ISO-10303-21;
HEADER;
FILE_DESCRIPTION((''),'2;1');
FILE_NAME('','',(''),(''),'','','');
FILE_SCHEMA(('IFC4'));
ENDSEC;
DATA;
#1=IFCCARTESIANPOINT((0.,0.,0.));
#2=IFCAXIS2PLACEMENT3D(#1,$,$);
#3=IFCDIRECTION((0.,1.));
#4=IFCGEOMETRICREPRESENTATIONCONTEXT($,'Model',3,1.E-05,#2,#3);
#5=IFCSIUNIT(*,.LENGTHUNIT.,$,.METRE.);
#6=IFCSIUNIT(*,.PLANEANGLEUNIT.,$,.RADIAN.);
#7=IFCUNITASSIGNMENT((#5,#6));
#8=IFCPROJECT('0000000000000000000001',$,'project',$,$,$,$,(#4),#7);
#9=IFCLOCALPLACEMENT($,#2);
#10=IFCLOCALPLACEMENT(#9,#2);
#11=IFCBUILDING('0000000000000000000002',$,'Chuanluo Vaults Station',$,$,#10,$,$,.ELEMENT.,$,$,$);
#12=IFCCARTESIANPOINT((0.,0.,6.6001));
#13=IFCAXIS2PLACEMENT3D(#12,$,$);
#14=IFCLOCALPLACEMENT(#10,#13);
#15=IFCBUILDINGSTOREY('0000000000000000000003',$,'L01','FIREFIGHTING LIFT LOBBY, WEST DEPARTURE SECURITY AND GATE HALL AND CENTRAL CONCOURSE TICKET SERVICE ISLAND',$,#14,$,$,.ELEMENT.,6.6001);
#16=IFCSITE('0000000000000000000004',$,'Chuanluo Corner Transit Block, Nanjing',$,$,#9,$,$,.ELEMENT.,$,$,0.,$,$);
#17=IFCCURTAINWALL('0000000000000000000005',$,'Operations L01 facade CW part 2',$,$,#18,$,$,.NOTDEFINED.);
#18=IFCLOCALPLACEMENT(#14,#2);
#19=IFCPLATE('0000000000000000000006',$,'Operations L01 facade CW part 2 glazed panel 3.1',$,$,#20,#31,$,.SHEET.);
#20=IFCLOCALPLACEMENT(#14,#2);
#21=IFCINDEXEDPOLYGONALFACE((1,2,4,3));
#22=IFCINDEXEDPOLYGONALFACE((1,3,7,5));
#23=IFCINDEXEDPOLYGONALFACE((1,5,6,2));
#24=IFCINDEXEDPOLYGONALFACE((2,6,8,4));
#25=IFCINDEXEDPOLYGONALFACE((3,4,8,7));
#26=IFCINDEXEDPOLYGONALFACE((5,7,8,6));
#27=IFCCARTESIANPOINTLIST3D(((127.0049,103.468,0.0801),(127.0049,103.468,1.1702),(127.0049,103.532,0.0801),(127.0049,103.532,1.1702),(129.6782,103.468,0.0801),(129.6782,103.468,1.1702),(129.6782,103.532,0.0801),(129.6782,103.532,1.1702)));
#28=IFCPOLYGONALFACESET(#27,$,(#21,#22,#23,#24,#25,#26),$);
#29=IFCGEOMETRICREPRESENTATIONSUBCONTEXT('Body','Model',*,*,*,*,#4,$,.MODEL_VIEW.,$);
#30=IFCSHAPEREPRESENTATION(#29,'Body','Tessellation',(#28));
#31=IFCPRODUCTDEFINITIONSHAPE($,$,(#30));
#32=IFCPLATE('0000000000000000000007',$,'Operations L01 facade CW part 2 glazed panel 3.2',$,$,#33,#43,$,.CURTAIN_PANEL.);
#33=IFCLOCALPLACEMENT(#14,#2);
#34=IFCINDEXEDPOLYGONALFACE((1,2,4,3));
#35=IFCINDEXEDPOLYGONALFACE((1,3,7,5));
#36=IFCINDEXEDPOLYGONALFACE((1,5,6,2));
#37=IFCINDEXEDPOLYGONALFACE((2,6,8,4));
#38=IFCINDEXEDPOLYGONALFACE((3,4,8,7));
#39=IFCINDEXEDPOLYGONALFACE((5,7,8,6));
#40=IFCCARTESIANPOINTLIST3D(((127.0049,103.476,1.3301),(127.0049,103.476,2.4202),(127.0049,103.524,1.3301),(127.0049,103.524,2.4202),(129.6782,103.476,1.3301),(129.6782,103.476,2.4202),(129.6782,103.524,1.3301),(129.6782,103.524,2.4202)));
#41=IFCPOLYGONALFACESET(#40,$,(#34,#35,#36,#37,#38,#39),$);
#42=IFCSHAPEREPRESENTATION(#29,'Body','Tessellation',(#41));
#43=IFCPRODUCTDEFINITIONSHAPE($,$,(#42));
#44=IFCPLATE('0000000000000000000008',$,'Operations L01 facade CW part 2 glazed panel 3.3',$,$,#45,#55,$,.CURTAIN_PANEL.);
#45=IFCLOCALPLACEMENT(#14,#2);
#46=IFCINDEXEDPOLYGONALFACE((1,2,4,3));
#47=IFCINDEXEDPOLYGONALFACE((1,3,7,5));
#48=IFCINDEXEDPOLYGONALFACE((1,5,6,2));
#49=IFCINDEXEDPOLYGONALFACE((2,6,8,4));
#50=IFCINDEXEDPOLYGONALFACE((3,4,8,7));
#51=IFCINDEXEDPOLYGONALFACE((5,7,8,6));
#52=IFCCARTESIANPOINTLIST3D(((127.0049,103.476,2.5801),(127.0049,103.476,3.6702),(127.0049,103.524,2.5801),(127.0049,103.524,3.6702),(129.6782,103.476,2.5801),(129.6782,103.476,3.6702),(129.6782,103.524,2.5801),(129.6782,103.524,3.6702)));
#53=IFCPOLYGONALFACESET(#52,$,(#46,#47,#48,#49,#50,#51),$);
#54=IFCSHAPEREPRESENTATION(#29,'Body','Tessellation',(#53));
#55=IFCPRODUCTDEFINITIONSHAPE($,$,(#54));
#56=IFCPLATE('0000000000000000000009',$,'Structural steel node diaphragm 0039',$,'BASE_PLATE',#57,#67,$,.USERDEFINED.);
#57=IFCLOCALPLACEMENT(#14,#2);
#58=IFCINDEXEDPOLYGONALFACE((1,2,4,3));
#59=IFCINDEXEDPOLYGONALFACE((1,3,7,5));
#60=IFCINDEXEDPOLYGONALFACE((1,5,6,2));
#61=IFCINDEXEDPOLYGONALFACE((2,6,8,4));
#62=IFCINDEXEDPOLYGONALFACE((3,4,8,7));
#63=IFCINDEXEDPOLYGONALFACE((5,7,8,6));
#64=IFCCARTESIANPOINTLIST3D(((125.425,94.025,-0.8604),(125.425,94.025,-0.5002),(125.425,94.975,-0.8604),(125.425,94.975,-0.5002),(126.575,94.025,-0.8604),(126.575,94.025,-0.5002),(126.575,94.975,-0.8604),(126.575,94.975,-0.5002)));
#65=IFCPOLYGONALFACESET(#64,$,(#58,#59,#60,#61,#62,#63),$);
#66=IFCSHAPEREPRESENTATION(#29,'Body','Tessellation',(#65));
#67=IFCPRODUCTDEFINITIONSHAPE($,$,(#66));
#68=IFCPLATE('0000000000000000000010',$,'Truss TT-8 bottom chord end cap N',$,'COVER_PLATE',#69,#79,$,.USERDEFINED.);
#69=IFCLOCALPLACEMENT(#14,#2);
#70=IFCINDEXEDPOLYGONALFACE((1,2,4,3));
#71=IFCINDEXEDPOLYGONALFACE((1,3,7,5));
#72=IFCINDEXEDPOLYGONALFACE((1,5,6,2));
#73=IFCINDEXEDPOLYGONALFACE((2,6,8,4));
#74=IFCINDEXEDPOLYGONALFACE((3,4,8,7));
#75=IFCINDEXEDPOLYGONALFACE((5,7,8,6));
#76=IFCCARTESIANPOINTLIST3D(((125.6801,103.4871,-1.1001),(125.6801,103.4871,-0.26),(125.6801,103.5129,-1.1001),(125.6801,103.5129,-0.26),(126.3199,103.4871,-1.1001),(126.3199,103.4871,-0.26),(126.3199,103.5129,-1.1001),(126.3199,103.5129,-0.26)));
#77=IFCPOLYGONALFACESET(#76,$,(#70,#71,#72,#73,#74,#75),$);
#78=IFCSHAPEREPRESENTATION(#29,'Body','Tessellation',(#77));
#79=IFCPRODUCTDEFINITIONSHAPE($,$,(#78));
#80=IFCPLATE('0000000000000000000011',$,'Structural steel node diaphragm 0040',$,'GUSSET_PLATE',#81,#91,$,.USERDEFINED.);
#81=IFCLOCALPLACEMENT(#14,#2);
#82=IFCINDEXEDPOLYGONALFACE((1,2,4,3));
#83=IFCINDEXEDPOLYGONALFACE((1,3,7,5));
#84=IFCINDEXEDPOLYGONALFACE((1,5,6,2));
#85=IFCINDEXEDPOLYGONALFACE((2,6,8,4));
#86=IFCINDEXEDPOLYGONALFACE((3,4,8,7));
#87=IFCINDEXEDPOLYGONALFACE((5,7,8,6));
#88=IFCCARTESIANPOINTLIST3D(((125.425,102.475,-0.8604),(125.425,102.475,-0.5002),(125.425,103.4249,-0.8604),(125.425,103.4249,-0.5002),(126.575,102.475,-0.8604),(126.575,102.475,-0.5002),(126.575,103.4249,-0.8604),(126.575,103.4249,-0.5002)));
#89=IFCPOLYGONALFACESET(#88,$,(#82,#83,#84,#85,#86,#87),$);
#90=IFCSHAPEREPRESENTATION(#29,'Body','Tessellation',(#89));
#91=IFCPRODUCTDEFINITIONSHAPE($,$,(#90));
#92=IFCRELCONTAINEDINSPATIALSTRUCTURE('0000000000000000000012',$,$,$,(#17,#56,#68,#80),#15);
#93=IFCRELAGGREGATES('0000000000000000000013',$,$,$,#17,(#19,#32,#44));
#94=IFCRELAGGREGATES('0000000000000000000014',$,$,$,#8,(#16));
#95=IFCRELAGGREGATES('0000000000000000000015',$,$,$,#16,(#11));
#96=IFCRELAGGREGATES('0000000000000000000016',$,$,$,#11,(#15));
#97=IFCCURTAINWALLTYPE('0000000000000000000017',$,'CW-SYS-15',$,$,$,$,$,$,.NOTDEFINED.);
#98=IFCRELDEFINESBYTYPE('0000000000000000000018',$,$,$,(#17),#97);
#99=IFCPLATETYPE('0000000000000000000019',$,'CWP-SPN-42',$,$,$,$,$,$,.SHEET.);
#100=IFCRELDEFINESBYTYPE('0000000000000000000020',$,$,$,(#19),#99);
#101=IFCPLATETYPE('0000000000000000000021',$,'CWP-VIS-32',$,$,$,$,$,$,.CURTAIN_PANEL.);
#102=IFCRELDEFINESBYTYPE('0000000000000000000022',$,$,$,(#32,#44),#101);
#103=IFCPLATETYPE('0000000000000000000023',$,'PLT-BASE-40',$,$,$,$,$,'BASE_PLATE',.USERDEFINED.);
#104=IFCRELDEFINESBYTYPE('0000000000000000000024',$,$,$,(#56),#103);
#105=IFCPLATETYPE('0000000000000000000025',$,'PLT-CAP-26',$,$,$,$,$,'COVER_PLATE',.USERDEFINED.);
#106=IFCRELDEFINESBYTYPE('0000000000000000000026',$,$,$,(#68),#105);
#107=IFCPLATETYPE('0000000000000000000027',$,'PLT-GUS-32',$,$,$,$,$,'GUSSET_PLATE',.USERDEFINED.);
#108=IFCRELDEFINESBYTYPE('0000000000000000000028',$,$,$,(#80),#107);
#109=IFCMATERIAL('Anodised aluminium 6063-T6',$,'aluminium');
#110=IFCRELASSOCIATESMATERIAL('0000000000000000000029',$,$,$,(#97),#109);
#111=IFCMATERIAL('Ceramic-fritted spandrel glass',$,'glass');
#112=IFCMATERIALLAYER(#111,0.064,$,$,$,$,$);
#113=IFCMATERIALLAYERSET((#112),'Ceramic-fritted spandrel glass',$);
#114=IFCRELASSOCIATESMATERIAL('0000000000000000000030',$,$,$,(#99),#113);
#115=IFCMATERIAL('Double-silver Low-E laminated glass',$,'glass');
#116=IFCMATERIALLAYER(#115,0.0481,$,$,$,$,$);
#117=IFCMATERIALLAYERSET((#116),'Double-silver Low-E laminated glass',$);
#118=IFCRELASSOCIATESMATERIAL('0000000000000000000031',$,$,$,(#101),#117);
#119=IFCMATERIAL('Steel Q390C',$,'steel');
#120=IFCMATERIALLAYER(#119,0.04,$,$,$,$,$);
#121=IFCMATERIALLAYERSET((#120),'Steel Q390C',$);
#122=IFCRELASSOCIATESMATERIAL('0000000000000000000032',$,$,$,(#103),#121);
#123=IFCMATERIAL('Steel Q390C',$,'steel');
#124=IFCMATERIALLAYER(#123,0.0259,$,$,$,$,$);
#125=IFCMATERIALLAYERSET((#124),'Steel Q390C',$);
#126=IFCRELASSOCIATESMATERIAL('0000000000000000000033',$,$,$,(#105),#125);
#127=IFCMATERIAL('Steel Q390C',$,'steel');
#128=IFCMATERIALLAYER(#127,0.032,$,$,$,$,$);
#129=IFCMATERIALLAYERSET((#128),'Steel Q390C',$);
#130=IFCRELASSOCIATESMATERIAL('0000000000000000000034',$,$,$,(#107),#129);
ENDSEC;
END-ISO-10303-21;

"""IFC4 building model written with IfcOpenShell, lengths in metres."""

from ifc_helpers import new_model, si_unit, direction, frame, origin, origin_2d, place, context, subcontext, project, spatial, rectangle, extrude, material, layer, layer_set, type_object, element, aggregate, save


model = new_model("IFC4")

# Units and contexts
model_context = context("Model", 3, precision=1e-05, world=origin(), true_north=direction((0.0, 1.0)))
body_context = subcontext(model_context, "Body", "Model", "MODEL_VIEW")
ifc_project = project(units=[si_unit("LENGTHUNIT", "METRE"), si_unit("PLANEANGLEUNIT", "RADIAN")], contexts=[model_context])

# Site, building, storey
site_placement = place(None, origin())
site = spatial("IfcSite", under=ifc_project, at=site_placement, Name="Chuanluo Corner Transit Block, Nanjing", CompositionType="ELEMENT", RefElevation=0.0)
building_placement = place(site_placement, origin())
building = spatial("IfcBuilding", under=site, at=building_placement, Name="Chuanluo Vaults Station", CompositionType="ELEMENT")
storey_placement = place(building_placement, frame((0.0, 0.0, 6.6001)))
storey = spatial("IfcBuildingStorey", under=building, at=storey_placement, Name="L01", Description="FIREFIGHTING LIFT LOBBY, WEST DEPARTURE SECURITY AND GATE HALL AND CENTRAL CONCOURSE TICKET SERVICE ISLAND", CompositionType="ELEMENT", Elevation=6.6001)

# Curtain wall
ifc_material_1 = material(Name="Anodised aluminium 6063-T6", Category="aluminium")
curtain_wall_type_1 = type_object("IfcCurtainWallType", Name="CW-SYS-15", PredefinedType="NOTDEFINED", material=ifc_material_1)
curtain_wall_1_placement = place(storey_placement, origin())
curtain_wall_1 = element("IfcCurtainWall", 1, at=curtain_wall_1_placement, inside=storey, type_object=curtain_wall_type_1, Name="Operations L01 facade CW part 2", PredefinedType="NOTDEFINED")

# Plates
ifc_material_2 = material(Name="Ceramic-fritted spandrel glass", Category="glass")
ifc_layer_1 = layer(ifc_material_2, 0.064)
ifc_layer_set_1 = layer_set([ifc_layer_1], Name="Ceramic-fritted spandrel glass")
plate_type_1 = type_object("IfcPlateType", Name="CWP-SPN-42", PredefinedType="SHEET", material=ifc_layer_set_1)
plate_1_placement = place(storey_placement, frame((128.3416, 103.5, 0.0801), z_axis=(0.0, 0.0, 1.0), x_axis=(-1.0, 0.0, 0.0)))
plate_1 = element("IfcPlate", 2, at=plate_1_placement, type_object=plate_type_1, Name="Operations L01 facade CW part 2 glazed panel 3.1", PredefinedType="SHEET", context=body_context, shape_type="SweptSolid", body=[
    extrude(rectangle(XDim=2.6733, YDim=0.064, at=origin_2d()), origin(), (0.0, 0.0, 1.0), 1.0901),
])
ifc_material_3 = material(Name="Double-silver Low-E laminated glass", Category="glass")
ifc_layer_2 = layer(ifc_material_3, 0.0481)
ifc_layer_set_2 = layer_set([ifc_layer_2], Name="Double-silver Low-E laminated glass")
plate_type_2 = type_object("IfcPlateType", Name="CWP-VIS-32", PredefinedType="CURTAIN_PANEL", material=ifc_layer_set_2)
plate_2_placement = place(storey_placement, frame((128.3416, 103.5, 1.3301), z_axis=(0.0, 0.0, 1.0), x_axis=(-1.0, 0.0, 0.0)))
plate_2 = element("IfcPlate", 3, at=plate_2_placement, type_object=plate_type_2, Name="Operations L01 facade CW part 2 glazed panel 3.2", PredefinedType="CURTAIN_PANEL", context=body_context, shape_type="SweptSolid", body=[
    extrude(rectangle(XDim=2.6733, YDim=0.0481, at=origin_2d()), origin(), (0.0, 0.0, 1.0), 1.0901),
])
plate_3_placement = place(storey_placement, frame((128.3416, 103.5, 2.5801), z_axis=(0.0, 0.0, 1.0), x_axis=(-1.0, 0.0, 0.0)))
plate_3 = element("IfcPlate", 4, at=plate_3_placement, type_object=plate_type_2, Name="Operations L01 facade CW part 2 glazed panel 3.3", PredefinedType="CURTAIN_PANEL", context=body_context, shape_type="SweptSolid", body=[
    extrude(rectangle(XDim=2.6733, YDim=0.0481, at=origin_2d()), origin(), (0.0, 0.0, 1.0), 1.0901),
])
aggregate(curtain_wall_1, [plate_1, plate_2, plate_3])

# Plates
ifc_material_4 = material(Name="Steel Q390C", Category="steel")
ifc_layer_3 = layer(ifc_material_4, 0.04)
ifc_layer_set_3 = layer_set([ifc_layer_3], Name="Steel Q390C")
plate_type_3 = type_object("IfcPlateType", Name="PLT-BASE-40", ElementType="BASE_PLATE", PredefinedType="USERDEFINED", material=ifc_layer_set_3)
plate_4_placement = place(storey_placement, frame((126.0, 94.5, -0.8604), z_axis=(0.0, 0.0, 1.0), x_axis=(1.0, 0.0, 0.0)))
element("IfcPlate", 5, at=plate_4_placement, inside=storey, type_object=plate_type_3, Name="Structural steel node diaphragm 0039", ObjectType="BASE_PLATE", PredefinedType="USERDEFINED", context=body_context, shape_type="SweptSolid", body=[
    extrude(rectangle(XDim=1.1499, YDim=0.95, at=origin_2d()), origin(), (0.0, 0.0, 1.0), 0.3601),
])
ifc_material_5 = material(Name="Steel Q390C", Category="steel")
ifc_layer_4 = layer(ifc_material_5, 0.0259)
ifc_layer_set_4 = layer_set([ifc_layer_4], Name="Steel Q390C")
plate_type_4 = type_object("IfcPlateType", Name="PLT-CAP-26", ElementType="COVER_PLATE", PredefinedType="USERDEFINED", material=ifc_layer_set_4)
plate_5_placement = place(storey_placement, frame((126.0, 103.5, -1.1001), z_axis=(0.0, 0.0, 1.0), x_axis=(1.0, 0.0, 0.0)))
element("IfcPlate", 6, at=plate_5_placement, inside=storey, type_object=plate_type_4, Name="Truss TT-8 bottom chord end cap N", ObjectType="COVER_PLATE", PredefinedType="USERDEFINED", context=body_context, shape_type="SweptSolid", body=[
    extrude(rectangle(XDim=0.6399, YDim=0.0259, at=origin_2d()), origin(), (0.0, 0.0, 1.0), 0.8401),
])
ifc_material_6 = material(Name="Steel Q390C", Category="steel")
ifc_layer_5 = layer(ifc_material_6, 0.032)
ifc_layer_set_5 = layer_set([ifc_layer_5], Name="Steel Q390C")
plate_type_5 = type_object("IfcPlateType", Name="PLT-GUS-32", ElementType="GUSSET_PLATE", PredefinedType="USERDEFINED", material=ifc_layer_set_5)
plate_6_placement = place(storey_placement, frame((126.0, 102.95, -0.8604), z_axis=(0.0, 0.0, 1.0), x_axis=(1.0, 0.0, 0.0)))
element("IfcPlate", 7, at=plate_6_placement, inside=storey, type_object=plate_type_5, Name="Structural steel node diaphragm 0040", ObjectType="GUSSET_PLATE", PredefinedType="USERDEFINED", context=body_context, shape_type="SweptSolid", body=[
    extrude(rectangle(XDim=1.1499, YDim=0.95, at=origin_2d()), origin(), (0.0, 0.0, 1.0), 0.3601),
])

save(model, "model.ifc")
